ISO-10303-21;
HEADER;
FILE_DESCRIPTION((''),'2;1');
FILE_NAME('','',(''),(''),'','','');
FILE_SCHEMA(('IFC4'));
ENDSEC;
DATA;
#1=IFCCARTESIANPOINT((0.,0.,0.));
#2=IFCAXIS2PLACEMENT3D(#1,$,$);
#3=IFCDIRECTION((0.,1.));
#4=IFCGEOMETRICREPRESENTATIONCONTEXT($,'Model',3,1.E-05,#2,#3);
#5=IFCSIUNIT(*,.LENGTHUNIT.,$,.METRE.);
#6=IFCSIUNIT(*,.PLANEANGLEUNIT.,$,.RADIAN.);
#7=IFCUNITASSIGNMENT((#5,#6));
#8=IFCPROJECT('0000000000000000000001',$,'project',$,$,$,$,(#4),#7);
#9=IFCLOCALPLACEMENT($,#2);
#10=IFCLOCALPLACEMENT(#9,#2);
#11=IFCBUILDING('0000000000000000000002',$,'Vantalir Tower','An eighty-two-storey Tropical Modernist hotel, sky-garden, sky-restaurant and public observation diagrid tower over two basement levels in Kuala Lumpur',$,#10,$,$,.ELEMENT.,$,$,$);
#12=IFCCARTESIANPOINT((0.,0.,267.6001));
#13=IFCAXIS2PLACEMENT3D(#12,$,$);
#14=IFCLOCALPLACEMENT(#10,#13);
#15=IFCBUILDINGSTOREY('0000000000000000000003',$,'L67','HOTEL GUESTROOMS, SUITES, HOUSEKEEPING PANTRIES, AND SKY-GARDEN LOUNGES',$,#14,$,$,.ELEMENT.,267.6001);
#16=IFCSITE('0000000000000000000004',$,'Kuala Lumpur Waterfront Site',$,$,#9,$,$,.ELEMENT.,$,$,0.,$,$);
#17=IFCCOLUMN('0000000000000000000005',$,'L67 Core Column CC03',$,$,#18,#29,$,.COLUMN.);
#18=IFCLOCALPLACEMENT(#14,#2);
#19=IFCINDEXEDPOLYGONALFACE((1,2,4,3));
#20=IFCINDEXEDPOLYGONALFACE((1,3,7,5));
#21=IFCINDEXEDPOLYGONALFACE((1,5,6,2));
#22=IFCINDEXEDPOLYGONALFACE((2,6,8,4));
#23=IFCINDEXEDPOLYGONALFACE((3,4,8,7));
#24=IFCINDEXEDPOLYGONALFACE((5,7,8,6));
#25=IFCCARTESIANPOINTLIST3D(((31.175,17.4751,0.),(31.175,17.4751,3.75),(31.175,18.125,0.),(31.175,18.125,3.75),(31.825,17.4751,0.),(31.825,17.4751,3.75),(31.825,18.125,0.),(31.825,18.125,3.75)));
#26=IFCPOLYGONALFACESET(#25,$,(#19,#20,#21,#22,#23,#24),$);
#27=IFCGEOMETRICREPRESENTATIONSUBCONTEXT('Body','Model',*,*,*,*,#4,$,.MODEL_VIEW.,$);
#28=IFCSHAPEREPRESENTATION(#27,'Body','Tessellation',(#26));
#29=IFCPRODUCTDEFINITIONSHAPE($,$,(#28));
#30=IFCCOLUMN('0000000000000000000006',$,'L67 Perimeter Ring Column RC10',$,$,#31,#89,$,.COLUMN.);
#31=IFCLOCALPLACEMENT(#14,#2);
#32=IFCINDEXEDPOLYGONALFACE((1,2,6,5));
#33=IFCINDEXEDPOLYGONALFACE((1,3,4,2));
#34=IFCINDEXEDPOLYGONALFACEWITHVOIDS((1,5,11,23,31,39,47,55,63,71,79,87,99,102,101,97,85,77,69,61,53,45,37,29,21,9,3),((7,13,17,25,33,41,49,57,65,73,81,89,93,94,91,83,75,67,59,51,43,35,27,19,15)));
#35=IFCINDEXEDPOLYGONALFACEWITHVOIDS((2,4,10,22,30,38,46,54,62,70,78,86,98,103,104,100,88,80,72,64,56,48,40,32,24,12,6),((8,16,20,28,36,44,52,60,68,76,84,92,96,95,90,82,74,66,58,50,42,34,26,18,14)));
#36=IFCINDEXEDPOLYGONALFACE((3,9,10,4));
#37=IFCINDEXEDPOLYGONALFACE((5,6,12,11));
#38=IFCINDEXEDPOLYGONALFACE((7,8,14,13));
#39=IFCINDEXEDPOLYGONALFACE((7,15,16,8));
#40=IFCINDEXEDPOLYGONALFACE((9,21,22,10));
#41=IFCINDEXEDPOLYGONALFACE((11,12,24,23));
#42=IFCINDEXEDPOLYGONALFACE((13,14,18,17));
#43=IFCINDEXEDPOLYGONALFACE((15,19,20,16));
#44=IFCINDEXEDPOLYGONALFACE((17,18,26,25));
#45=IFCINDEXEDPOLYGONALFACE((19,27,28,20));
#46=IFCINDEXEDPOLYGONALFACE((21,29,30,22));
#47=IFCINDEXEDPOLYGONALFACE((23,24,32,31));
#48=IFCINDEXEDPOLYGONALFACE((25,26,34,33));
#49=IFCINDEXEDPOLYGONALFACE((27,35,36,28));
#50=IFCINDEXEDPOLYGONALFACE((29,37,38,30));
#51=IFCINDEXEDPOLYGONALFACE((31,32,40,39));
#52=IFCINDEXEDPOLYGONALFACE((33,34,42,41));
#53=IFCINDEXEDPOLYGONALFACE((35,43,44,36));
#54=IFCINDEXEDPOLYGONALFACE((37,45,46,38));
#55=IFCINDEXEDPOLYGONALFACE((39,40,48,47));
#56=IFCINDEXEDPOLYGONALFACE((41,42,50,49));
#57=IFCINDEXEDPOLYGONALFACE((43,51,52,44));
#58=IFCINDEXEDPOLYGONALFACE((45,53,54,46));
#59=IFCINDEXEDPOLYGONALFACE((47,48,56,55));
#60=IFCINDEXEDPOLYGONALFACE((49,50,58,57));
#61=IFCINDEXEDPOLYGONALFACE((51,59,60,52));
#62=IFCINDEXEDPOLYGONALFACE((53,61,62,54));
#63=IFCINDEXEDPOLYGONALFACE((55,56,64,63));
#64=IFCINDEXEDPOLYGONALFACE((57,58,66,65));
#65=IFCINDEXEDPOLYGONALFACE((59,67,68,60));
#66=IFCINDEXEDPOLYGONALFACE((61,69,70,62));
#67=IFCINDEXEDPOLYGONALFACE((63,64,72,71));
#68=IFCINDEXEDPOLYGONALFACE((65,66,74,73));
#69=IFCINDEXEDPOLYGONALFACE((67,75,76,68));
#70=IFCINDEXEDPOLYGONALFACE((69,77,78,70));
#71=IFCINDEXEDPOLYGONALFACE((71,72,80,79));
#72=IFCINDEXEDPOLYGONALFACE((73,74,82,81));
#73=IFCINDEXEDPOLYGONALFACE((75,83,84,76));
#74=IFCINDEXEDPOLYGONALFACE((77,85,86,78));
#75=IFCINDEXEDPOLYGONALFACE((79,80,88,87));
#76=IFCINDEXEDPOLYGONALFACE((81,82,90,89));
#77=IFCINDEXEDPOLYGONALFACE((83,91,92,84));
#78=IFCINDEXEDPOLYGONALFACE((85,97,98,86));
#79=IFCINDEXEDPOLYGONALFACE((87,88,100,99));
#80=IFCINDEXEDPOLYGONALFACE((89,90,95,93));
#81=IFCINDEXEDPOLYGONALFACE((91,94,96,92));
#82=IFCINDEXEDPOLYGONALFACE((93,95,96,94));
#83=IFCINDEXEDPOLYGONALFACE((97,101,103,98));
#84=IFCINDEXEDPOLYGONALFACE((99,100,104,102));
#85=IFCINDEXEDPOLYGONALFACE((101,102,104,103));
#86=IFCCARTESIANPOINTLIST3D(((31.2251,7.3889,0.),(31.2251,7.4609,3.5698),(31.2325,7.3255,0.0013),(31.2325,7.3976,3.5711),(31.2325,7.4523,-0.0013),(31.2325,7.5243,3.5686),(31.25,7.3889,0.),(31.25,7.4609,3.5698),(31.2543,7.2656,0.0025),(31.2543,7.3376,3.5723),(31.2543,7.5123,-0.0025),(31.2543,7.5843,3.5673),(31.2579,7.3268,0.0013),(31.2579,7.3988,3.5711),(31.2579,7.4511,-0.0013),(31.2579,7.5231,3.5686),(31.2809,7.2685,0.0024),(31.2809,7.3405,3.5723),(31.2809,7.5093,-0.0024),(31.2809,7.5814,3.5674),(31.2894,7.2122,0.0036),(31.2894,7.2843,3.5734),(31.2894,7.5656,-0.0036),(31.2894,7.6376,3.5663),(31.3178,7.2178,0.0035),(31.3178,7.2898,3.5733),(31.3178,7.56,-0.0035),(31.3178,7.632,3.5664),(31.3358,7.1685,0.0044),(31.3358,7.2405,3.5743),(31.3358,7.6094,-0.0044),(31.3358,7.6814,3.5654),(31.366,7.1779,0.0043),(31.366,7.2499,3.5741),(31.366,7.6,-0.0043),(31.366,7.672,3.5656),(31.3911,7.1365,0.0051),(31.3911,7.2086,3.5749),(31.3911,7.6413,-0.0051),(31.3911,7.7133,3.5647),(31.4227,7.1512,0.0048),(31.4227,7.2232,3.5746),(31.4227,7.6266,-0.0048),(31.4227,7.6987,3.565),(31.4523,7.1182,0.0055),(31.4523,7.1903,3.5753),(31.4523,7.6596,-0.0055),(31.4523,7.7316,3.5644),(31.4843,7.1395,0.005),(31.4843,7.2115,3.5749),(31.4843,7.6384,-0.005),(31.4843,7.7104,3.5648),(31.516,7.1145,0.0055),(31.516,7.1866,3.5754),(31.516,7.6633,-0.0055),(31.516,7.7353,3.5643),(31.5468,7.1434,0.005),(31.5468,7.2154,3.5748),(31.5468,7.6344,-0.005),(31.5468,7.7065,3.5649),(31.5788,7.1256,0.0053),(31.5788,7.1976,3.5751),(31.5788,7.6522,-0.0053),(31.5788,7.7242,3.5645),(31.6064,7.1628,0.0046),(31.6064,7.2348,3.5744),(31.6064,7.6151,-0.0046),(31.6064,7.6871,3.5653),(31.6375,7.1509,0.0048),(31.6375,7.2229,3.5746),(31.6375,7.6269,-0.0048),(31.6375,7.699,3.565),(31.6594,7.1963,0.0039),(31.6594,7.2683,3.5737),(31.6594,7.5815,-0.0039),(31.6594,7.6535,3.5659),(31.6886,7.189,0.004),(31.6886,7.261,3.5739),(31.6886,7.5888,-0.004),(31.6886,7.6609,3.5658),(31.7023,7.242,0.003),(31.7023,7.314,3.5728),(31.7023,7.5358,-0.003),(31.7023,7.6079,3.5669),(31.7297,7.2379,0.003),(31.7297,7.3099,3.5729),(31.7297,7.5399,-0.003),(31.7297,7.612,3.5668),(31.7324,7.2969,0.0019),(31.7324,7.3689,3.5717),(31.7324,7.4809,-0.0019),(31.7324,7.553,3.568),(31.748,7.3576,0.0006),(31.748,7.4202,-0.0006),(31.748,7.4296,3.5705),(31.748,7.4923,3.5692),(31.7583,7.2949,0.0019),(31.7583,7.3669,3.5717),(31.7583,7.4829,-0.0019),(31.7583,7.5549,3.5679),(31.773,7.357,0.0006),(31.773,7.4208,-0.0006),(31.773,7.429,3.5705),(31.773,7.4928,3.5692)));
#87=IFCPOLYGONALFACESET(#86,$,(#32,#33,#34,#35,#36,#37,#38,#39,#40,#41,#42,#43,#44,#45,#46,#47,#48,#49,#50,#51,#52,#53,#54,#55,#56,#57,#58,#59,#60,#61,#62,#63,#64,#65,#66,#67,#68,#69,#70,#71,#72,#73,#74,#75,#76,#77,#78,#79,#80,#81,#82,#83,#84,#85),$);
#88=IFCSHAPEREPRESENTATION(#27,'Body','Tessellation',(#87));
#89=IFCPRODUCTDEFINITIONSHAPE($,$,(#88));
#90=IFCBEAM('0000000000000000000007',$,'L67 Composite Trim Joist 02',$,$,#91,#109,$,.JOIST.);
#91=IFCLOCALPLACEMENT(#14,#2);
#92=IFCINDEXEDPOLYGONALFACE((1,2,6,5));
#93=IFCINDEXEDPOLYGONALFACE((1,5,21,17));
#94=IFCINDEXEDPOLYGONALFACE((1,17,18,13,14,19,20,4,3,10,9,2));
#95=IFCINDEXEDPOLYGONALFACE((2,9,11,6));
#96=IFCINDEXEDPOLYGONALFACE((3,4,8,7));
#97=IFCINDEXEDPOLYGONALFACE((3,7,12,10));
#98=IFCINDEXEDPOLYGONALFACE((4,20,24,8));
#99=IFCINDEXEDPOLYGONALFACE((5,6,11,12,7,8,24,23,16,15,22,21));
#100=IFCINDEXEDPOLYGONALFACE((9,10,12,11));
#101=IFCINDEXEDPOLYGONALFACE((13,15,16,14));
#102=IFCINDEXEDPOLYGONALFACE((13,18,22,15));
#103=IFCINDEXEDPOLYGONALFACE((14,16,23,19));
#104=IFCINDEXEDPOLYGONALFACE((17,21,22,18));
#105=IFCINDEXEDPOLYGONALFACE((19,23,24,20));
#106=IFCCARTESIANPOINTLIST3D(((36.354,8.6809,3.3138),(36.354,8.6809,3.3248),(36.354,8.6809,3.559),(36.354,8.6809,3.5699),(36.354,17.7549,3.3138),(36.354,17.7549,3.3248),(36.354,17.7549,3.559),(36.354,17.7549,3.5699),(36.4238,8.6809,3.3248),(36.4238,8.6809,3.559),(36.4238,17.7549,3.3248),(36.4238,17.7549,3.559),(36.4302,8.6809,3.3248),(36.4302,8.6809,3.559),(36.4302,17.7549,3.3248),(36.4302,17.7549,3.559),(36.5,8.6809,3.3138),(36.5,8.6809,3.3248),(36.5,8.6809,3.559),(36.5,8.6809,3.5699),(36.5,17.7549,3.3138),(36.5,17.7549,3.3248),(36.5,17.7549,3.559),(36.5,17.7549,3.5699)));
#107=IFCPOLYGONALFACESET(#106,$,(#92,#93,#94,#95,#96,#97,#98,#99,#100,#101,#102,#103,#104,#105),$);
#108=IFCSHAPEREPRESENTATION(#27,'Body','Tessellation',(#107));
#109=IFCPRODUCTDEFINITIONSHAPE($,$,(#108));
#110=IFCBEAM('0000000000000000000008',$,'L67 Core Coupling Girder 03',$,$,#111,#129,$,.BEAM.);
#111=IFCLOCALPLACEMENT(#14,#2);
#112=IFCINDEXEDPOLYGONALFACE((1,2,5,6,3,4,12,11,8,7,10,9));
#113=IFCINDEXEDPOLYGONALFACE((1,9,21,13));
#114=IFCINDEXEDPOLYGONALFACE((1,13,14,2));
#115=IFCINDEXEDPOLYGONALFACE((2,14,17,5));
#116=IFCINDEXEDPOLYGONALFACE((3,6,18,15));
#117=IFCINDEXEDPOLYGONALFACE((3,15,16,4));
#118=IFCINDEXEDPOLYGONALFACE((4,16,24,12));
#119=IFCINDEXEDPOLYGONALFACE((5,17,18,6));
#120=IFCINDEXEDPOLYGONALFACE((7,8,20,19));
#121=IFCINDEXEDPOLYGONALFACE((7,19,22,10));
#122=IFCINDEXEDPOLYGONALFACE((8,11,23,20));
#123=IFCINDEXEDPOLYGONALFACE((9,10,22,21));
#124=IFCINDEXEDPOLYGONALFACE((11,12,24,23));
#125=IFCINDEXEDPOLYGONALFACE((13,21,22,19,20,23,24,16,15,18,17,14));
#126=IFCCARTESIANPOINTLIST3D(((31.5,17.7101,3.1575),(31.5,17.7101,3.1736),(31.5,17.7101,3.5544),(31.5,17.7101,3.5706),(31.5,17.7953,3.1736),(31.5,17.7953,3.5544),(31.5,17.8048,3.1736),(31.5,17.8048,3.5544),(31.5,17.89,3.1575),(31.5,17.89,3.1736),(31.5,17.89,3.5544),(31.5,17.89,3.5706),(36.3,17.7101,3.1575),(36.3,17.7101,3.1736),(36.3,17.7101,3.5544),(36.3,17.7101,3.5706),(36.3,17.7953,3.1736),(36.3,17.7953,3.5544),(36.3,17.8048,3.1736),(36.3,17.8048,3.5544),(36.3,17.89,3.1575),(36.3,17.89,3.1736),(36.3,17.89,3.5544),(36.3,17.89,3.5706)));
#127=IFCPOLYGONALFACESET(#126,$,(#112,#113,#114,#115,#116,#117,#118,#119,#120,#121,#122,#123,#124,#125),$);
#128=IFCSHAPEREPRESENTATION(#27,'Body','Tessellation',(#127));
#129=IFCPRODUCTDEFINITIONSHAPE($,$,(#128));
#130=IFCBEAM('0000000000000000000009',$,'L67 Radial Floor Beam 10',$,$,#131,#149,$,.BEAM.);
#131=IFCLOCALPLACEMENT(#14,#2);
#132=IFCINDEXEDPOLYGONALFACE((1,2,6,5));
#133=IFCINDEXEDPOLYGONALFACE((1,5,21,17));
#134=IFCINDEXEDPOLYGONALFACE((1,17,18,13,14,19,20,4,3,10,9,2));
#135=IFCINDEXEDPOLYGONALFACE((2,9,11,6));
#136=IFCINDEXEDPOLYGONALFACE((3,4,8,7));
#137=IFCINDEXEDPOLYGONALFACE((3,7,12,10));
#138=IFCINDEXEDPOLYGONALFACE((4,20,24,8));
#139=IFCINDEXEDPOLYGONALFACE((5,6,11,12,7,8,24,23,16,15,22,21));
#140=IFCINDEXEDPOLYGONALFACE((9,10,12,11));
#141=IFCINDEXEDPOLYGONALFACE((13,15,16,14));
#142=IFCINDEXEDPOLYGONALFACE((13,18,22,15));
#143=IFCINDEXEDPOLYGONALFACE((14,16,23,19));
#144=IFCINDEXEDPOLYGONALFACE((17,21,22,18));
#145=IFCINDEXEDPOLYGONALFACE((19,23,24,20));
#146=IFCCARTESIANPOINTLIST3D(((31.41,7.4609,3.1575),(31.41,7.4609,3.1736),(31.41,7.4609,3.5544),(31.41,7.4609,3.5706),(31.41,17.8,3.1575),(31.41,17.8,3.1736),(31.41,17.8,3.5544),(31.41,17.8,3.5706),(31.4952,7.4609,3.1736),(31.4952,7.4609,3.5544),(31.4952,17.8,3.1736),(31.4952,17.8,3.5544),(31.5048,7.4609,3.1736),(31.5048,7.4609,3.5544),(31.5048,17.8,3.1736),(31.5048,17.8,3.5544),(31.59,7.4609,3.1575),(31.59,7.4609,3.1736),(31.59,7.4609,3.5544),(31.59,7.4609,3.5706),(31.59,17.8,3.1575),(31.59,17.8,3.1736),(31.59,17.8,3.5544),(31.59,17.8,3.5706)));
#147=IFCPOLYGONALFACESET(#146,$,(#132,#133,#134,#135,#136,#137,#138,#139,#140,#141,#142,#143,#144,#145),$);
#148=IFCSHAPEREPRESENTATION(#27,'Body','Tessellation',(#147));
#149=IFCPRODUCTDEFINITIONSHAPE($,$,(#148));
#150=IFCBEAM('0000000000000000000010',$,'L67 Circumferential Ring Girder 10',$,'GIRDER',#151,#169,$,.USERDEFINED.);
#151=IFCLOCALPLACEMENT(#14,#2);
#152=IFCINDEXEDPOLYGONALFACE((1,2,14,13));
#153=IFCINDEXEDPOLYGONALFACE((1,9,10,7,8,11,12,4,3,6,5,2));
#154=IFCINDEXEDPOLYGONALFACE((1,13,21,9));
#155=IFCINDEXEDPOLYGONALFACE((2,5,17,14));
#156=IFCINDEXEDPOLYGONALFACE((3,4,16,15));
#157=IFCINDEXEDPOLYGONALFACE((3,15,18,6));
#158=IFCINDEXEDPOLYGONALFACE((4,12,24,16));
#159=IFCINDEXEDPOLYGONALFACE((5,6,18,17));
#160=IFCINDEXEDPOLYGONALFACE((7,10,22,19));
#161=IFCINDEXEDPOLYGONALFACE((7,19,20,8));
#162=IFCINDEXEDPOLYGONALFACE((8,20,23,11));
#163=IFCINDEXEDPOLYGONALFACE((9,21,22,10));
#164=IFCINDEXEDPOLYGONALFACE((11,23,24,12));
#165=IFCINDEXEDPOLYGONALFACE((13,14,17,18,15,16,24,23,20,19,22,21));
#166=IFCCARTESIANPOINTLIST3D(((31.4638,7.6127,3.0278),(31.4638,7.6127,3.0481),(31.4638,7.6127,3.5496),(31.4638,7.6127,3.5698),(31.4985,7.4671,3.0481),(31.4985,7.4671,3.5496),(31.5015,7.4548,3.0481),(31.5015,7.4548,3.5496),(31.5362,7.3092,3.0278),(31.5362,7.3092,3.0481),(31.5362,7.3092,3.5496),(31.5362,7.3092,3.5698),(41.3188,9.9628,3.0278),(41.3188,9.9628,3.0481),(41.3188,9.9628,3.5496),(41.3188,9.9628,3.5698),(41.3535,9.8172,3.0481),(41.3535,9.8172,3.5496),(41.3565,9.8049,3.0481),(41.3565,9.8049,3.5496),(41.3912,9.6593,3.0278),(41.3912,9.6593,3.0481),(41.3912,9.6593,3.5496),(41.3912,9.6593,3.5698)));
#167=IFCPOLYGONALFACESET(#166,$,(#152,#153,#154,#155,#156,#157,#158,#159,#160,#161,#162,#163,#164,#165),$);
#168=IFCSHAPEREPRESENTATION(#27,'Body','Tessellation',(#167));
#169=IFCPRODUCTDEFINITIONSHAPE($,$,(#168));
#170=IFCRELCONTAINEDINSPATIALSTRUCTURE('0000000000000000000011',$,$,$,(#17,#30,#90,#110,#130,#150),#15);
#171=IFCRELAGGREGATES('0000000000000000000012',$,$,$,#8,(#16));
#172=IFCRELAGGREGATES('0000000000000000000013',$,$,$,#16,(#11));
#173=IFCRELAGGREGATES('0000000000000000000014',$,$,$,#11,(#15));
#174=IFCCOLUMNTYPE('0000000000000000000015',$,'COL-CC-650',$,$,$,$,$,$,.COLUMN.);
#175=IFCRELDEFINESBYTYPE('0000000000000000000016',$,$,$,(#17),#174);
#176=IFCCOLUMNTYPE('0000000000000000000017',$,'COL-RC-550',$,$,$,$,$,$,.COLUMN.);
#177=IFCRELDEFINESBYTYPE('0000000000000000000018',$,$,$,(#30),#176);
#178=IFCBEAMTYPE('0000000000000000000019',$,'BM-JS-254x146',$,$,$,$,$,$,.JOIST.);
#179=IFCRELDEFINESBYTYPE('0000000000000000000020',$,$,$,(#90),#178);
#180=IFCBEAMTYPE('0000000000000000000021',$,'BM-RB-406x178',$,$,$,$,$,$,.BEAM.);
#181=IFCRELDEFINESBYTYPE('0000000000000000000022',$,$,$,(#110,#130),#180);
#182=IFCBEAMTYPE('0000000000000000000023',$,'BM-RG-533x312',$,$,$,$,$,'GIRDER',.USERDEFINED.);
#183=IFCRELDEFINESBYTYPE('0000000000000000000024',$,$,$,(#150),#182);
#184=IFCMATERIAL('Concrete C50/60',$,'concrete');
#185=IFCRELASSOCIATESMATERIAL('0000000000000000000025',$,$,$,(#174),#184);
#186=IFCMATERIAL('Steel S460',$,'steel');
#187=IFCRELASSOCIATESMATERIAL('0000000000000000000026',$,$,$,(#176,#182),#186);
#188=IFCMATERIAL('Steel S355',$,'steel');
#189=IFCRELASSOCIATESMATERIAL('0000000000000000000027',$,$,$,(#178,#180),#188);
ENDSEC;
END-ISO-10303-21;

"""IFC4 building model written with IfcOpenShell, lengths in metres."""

from ifc_helpers import new_model, si_unit, direction, frame, origin, origin_2d, place, context, subcontext, project, spatial, rectangle, hollow_circle, i_section, extrude, material, material_profile, profile_set, type_object, element, save


model = new_model("IFC4")

# Units and contexts
model_context = context("Model", 3, precision=1e-05, world=origin(), true_north=direction((0.0, 1.0)))
body_context = subcontext(model_context, "Body", "Model", "MODEL_VIEW")
ifc_project = project(units=[si_unit("LENGTHUNIT", "METRE"), si_unit("PLANEANGLEUNIT", "RADIAN")], contexts=[model_context])

# Site, building, storey
site_placement = place(None, origin())
site = spatial("IfcSite", under=ifc_project, at=site_placement, Name="Kuala Lumpur Waterfront Site", CompositionType="ELEMENT", RefElevation=0.0)
building_placement = place(site_placement, origin())
building = spatial("IfcBuilding", under=site, at=building_placement, Name="Vantalir Tower", Description="An eighty-two-storey Tropical Modernist hotel, sky-garden, sky-restaurant and public observation diagrid tower over two basement levels in Kuala Lumpur", CompositionType="ELEMENT")
storey_placement = place(building_placement, frame((0.0, 0.0, 267.6001)))
storey = spatial("IfcBuildingStorey", under=building, at=storey_placement, Name="L67", Description="HOTEL GUESTROOMS, SUITES, HOUSEKEEPING PANTRIES, AND SKY-GARDEN LOUNGES", CompositionType="ELEMENT", Elevation=267.6001)

# Columns
ifc_material_1 = material(Name="Concrete C50/60", Category="concrete")
ifc_material_profile_1 = material_profile(ifc_material_1, rectangle(XDim=0.6499, YDim=0.6499, at=origin_2d()), Name="Concrete C50/60")
ifc_profile_set_1 = profile_set([ifc_material_profile_1], Name="Concrete C50/60")
column_type_1 = type_object("IfcColumnType", Name="COL-CC-650", PredefinedType="COLUMN", material=ifc_profile_set_1)
column_1_placement = place(storey_placement, frame((31.5, 17.8, 0.0), z_axis=(0.0, 0.0, 1.0), x_axis=(1.0, 0.0, 0.0)))
element("IfcColumn", 1, at=column_1_placement, inside=storey, type_object=column_type_1, Name="L67 Core Column CC03", PredefinedType="COLUMN", context=body_context, shape_type="SweptSolid", body=[
    extrude(rectangle(XDim=0.6499, YDim=0.6499, at=origin_2d()), origin(), (0.0, 0.0, 1.0), 3.75),
])
ifc_material_2 = material(Name="Steel S460", Category="steel")
ifc_material_profile_2 = material_profile(ifc_material_2, hollow_circle(Radius=0.2749, WallThickness=0.0249, at=origin_2d()), Name="Steel S460")
ifc_profile_set_2 = profile_set([ifc_material_profile_2], Name="Steel S460")
column_type_2 = type_object("IfcColumnType", Name="COL-RC-550", PredefinedType="COLUMN", material=ifc_profile_set_2)
column_2_placement = place(storey_placement, frame((31.5, 7.3889, 0.0), z_axis=(0.0, 0.020171, 0.999797), x_axis=(-1.0, 0.0, 0.0)))
element("IfcColumn", 2, at=column_2_placement, inside=storey, type_object=column_type_2, Name="L67 Perimeter Ring Column RC10", PredefinedType="COLUMN", context=body_context, shape_type="SweptSolid", body=[
    extrude(hollow_circle(Radius=0.2749, WallThickness=0.0249, at=origin_2d()), origin(), (0.0, 0.0, 1.0), 3.5706),
])

# Beams
ifc_material_3 = material(Name="Steel S355", Category="steel")
ifc_material_profile_3 = material_profile(ifc_material_3, i_section(OverallWidth=0.146, OverallDepth=0.2561, WebThickness=0.0063, FlangeThickness=0.011, at=origin_2d()), Name="Steel S355")
ifc_profile_set_3 = profile_set([ifc_material_profile_3], Name="Steel S355")
beam_type_1 = type_object("IfcBeamType", Name="BM-JS-254x146", PredefinedType="JOIST", material=ifc_profile_set_3)
beam_1_placement = place(storey_placement, frame((36.427, 8.6809, 3.4419), z_axis=(0.0, 1.0, 0.0), x_axis=(-1.0, 0.0, 0.0)))
element("IfcBeam", 3, at=beam_1_placement, inside=storey, type_object=beam_type_1, Name="L67 Composite Trim Joist 02", PredefinedType="JOIST", context=body_context, shape_type="SweptSolid", body=[
    extrude(i_section(OverallWidth=0.146, OverallDepth=0.2561, WebThickness=0.0063, FlangeThickness=0.011, at=origin_2d()), origin(), (0.0, 0.0, 1.0), 9.074),
])
ifc_material_profile_4 = material_profile(ifc_material_3, i_section(OverallWidth=0.1799, OverallDepth=0.4131, WebThickness=0.0095, FlangeThickness=0.0161, at=origin_2d()), Name="Steel S355")
ifc_profile_set_4 = profile_set([ifc_material_profile_4], Name="Steel S355")
beam_type_2 = type_object("IfcBeamType", Name="BM-RB-406x178", PredefinedType="BEAM", material=ifc_profile_set_4)
beam_2_placement = place(storey_placement, frame((31.5, 17.8, 3.364), z_axis=(1.0, 0.0, 0.0), x_axis=(0.0, 1.0, 0.0)))
element("IfcBeam", 4, at=beam_2_placement, inside=storey, type_object=beam_type_2, Name="L67 Core Coupling Girder 03", PredefinedType="BEAM", context=body_context, shape_type="SweptSolid", body=[
    extrude(i_section(OverallWidth=0.1799, OverallDepth=0.4131, WebThickness=0.0095, FlangeThickness=0.0161, at=origin_2d()), origin(), (0.0, 0.0, 1.0), 4.8),
])
beam_3_placement = place(storey_placement, frame((31.5, 7.4609, 3.364), z_axis=(0.0, 1.0, 0.0), x_axis=(-1.0, 0.0, 0.0)))
element("IfcBeam", 5, at=beam_3_placement, inside=storey, type_object=beam_type_2, Name="L67 Radial Floor Beam 10", PredefinedType="BEAM", context=body_context, shape_type="SweptSolid", body=[
    extrude(i_section(OverallWidth=0.1799, OverallDepth=0.4131, WebThickness=0.0095, FlangeThickness=0.0161, at=origin_2d()), origin(), (0.0, 0.0, 1.0), 10.3391),
])
ifc_material_profile_5 = material_profile(ifc_material_2, i_section(OverallWidth=0.312, OverallDepth=0.542, WebThickness=0.0127, FlangeThickness=0.0203, at=origin_2d()), Name="Steel S460")
ifc_profile_set_5 = profile_set([ifc_material_profile_5], Name="Steel S460")
beam_type_3 = type_object("IfcBeamType", Name="BM-RG-533x312", ElementType="GIRDER", PredefinedType="USERDEFINED", material=ifc_profile_set_5)
beam_4_placement = place(storey_placement, frame((31.5, 7.4609, 3.2988), z_axis=(0.972724, 0.231964, 0.0), x_axis=(-0.231964, 0.972724, 0.0)))
element("IfcBeam", 6, at=beam_4_placement, inside=storey, type_object=beam_type_3, Name="L67 Circumferential Ring Girder 10", ObjectType="GIRDER", PredefinedType="USERDEFINED", context=body_context, shape_type="SweptSolid", body=[
    extrude(i_section(OverallWidth=0.312, OverallDepth=0.542, WebThickness=0.0127, FlangeThickness=0.0203, at=origin_2d()), origin(), (0.0, 0.0, 1.0), 10.1313),
])

save(model, "model.ifc")
